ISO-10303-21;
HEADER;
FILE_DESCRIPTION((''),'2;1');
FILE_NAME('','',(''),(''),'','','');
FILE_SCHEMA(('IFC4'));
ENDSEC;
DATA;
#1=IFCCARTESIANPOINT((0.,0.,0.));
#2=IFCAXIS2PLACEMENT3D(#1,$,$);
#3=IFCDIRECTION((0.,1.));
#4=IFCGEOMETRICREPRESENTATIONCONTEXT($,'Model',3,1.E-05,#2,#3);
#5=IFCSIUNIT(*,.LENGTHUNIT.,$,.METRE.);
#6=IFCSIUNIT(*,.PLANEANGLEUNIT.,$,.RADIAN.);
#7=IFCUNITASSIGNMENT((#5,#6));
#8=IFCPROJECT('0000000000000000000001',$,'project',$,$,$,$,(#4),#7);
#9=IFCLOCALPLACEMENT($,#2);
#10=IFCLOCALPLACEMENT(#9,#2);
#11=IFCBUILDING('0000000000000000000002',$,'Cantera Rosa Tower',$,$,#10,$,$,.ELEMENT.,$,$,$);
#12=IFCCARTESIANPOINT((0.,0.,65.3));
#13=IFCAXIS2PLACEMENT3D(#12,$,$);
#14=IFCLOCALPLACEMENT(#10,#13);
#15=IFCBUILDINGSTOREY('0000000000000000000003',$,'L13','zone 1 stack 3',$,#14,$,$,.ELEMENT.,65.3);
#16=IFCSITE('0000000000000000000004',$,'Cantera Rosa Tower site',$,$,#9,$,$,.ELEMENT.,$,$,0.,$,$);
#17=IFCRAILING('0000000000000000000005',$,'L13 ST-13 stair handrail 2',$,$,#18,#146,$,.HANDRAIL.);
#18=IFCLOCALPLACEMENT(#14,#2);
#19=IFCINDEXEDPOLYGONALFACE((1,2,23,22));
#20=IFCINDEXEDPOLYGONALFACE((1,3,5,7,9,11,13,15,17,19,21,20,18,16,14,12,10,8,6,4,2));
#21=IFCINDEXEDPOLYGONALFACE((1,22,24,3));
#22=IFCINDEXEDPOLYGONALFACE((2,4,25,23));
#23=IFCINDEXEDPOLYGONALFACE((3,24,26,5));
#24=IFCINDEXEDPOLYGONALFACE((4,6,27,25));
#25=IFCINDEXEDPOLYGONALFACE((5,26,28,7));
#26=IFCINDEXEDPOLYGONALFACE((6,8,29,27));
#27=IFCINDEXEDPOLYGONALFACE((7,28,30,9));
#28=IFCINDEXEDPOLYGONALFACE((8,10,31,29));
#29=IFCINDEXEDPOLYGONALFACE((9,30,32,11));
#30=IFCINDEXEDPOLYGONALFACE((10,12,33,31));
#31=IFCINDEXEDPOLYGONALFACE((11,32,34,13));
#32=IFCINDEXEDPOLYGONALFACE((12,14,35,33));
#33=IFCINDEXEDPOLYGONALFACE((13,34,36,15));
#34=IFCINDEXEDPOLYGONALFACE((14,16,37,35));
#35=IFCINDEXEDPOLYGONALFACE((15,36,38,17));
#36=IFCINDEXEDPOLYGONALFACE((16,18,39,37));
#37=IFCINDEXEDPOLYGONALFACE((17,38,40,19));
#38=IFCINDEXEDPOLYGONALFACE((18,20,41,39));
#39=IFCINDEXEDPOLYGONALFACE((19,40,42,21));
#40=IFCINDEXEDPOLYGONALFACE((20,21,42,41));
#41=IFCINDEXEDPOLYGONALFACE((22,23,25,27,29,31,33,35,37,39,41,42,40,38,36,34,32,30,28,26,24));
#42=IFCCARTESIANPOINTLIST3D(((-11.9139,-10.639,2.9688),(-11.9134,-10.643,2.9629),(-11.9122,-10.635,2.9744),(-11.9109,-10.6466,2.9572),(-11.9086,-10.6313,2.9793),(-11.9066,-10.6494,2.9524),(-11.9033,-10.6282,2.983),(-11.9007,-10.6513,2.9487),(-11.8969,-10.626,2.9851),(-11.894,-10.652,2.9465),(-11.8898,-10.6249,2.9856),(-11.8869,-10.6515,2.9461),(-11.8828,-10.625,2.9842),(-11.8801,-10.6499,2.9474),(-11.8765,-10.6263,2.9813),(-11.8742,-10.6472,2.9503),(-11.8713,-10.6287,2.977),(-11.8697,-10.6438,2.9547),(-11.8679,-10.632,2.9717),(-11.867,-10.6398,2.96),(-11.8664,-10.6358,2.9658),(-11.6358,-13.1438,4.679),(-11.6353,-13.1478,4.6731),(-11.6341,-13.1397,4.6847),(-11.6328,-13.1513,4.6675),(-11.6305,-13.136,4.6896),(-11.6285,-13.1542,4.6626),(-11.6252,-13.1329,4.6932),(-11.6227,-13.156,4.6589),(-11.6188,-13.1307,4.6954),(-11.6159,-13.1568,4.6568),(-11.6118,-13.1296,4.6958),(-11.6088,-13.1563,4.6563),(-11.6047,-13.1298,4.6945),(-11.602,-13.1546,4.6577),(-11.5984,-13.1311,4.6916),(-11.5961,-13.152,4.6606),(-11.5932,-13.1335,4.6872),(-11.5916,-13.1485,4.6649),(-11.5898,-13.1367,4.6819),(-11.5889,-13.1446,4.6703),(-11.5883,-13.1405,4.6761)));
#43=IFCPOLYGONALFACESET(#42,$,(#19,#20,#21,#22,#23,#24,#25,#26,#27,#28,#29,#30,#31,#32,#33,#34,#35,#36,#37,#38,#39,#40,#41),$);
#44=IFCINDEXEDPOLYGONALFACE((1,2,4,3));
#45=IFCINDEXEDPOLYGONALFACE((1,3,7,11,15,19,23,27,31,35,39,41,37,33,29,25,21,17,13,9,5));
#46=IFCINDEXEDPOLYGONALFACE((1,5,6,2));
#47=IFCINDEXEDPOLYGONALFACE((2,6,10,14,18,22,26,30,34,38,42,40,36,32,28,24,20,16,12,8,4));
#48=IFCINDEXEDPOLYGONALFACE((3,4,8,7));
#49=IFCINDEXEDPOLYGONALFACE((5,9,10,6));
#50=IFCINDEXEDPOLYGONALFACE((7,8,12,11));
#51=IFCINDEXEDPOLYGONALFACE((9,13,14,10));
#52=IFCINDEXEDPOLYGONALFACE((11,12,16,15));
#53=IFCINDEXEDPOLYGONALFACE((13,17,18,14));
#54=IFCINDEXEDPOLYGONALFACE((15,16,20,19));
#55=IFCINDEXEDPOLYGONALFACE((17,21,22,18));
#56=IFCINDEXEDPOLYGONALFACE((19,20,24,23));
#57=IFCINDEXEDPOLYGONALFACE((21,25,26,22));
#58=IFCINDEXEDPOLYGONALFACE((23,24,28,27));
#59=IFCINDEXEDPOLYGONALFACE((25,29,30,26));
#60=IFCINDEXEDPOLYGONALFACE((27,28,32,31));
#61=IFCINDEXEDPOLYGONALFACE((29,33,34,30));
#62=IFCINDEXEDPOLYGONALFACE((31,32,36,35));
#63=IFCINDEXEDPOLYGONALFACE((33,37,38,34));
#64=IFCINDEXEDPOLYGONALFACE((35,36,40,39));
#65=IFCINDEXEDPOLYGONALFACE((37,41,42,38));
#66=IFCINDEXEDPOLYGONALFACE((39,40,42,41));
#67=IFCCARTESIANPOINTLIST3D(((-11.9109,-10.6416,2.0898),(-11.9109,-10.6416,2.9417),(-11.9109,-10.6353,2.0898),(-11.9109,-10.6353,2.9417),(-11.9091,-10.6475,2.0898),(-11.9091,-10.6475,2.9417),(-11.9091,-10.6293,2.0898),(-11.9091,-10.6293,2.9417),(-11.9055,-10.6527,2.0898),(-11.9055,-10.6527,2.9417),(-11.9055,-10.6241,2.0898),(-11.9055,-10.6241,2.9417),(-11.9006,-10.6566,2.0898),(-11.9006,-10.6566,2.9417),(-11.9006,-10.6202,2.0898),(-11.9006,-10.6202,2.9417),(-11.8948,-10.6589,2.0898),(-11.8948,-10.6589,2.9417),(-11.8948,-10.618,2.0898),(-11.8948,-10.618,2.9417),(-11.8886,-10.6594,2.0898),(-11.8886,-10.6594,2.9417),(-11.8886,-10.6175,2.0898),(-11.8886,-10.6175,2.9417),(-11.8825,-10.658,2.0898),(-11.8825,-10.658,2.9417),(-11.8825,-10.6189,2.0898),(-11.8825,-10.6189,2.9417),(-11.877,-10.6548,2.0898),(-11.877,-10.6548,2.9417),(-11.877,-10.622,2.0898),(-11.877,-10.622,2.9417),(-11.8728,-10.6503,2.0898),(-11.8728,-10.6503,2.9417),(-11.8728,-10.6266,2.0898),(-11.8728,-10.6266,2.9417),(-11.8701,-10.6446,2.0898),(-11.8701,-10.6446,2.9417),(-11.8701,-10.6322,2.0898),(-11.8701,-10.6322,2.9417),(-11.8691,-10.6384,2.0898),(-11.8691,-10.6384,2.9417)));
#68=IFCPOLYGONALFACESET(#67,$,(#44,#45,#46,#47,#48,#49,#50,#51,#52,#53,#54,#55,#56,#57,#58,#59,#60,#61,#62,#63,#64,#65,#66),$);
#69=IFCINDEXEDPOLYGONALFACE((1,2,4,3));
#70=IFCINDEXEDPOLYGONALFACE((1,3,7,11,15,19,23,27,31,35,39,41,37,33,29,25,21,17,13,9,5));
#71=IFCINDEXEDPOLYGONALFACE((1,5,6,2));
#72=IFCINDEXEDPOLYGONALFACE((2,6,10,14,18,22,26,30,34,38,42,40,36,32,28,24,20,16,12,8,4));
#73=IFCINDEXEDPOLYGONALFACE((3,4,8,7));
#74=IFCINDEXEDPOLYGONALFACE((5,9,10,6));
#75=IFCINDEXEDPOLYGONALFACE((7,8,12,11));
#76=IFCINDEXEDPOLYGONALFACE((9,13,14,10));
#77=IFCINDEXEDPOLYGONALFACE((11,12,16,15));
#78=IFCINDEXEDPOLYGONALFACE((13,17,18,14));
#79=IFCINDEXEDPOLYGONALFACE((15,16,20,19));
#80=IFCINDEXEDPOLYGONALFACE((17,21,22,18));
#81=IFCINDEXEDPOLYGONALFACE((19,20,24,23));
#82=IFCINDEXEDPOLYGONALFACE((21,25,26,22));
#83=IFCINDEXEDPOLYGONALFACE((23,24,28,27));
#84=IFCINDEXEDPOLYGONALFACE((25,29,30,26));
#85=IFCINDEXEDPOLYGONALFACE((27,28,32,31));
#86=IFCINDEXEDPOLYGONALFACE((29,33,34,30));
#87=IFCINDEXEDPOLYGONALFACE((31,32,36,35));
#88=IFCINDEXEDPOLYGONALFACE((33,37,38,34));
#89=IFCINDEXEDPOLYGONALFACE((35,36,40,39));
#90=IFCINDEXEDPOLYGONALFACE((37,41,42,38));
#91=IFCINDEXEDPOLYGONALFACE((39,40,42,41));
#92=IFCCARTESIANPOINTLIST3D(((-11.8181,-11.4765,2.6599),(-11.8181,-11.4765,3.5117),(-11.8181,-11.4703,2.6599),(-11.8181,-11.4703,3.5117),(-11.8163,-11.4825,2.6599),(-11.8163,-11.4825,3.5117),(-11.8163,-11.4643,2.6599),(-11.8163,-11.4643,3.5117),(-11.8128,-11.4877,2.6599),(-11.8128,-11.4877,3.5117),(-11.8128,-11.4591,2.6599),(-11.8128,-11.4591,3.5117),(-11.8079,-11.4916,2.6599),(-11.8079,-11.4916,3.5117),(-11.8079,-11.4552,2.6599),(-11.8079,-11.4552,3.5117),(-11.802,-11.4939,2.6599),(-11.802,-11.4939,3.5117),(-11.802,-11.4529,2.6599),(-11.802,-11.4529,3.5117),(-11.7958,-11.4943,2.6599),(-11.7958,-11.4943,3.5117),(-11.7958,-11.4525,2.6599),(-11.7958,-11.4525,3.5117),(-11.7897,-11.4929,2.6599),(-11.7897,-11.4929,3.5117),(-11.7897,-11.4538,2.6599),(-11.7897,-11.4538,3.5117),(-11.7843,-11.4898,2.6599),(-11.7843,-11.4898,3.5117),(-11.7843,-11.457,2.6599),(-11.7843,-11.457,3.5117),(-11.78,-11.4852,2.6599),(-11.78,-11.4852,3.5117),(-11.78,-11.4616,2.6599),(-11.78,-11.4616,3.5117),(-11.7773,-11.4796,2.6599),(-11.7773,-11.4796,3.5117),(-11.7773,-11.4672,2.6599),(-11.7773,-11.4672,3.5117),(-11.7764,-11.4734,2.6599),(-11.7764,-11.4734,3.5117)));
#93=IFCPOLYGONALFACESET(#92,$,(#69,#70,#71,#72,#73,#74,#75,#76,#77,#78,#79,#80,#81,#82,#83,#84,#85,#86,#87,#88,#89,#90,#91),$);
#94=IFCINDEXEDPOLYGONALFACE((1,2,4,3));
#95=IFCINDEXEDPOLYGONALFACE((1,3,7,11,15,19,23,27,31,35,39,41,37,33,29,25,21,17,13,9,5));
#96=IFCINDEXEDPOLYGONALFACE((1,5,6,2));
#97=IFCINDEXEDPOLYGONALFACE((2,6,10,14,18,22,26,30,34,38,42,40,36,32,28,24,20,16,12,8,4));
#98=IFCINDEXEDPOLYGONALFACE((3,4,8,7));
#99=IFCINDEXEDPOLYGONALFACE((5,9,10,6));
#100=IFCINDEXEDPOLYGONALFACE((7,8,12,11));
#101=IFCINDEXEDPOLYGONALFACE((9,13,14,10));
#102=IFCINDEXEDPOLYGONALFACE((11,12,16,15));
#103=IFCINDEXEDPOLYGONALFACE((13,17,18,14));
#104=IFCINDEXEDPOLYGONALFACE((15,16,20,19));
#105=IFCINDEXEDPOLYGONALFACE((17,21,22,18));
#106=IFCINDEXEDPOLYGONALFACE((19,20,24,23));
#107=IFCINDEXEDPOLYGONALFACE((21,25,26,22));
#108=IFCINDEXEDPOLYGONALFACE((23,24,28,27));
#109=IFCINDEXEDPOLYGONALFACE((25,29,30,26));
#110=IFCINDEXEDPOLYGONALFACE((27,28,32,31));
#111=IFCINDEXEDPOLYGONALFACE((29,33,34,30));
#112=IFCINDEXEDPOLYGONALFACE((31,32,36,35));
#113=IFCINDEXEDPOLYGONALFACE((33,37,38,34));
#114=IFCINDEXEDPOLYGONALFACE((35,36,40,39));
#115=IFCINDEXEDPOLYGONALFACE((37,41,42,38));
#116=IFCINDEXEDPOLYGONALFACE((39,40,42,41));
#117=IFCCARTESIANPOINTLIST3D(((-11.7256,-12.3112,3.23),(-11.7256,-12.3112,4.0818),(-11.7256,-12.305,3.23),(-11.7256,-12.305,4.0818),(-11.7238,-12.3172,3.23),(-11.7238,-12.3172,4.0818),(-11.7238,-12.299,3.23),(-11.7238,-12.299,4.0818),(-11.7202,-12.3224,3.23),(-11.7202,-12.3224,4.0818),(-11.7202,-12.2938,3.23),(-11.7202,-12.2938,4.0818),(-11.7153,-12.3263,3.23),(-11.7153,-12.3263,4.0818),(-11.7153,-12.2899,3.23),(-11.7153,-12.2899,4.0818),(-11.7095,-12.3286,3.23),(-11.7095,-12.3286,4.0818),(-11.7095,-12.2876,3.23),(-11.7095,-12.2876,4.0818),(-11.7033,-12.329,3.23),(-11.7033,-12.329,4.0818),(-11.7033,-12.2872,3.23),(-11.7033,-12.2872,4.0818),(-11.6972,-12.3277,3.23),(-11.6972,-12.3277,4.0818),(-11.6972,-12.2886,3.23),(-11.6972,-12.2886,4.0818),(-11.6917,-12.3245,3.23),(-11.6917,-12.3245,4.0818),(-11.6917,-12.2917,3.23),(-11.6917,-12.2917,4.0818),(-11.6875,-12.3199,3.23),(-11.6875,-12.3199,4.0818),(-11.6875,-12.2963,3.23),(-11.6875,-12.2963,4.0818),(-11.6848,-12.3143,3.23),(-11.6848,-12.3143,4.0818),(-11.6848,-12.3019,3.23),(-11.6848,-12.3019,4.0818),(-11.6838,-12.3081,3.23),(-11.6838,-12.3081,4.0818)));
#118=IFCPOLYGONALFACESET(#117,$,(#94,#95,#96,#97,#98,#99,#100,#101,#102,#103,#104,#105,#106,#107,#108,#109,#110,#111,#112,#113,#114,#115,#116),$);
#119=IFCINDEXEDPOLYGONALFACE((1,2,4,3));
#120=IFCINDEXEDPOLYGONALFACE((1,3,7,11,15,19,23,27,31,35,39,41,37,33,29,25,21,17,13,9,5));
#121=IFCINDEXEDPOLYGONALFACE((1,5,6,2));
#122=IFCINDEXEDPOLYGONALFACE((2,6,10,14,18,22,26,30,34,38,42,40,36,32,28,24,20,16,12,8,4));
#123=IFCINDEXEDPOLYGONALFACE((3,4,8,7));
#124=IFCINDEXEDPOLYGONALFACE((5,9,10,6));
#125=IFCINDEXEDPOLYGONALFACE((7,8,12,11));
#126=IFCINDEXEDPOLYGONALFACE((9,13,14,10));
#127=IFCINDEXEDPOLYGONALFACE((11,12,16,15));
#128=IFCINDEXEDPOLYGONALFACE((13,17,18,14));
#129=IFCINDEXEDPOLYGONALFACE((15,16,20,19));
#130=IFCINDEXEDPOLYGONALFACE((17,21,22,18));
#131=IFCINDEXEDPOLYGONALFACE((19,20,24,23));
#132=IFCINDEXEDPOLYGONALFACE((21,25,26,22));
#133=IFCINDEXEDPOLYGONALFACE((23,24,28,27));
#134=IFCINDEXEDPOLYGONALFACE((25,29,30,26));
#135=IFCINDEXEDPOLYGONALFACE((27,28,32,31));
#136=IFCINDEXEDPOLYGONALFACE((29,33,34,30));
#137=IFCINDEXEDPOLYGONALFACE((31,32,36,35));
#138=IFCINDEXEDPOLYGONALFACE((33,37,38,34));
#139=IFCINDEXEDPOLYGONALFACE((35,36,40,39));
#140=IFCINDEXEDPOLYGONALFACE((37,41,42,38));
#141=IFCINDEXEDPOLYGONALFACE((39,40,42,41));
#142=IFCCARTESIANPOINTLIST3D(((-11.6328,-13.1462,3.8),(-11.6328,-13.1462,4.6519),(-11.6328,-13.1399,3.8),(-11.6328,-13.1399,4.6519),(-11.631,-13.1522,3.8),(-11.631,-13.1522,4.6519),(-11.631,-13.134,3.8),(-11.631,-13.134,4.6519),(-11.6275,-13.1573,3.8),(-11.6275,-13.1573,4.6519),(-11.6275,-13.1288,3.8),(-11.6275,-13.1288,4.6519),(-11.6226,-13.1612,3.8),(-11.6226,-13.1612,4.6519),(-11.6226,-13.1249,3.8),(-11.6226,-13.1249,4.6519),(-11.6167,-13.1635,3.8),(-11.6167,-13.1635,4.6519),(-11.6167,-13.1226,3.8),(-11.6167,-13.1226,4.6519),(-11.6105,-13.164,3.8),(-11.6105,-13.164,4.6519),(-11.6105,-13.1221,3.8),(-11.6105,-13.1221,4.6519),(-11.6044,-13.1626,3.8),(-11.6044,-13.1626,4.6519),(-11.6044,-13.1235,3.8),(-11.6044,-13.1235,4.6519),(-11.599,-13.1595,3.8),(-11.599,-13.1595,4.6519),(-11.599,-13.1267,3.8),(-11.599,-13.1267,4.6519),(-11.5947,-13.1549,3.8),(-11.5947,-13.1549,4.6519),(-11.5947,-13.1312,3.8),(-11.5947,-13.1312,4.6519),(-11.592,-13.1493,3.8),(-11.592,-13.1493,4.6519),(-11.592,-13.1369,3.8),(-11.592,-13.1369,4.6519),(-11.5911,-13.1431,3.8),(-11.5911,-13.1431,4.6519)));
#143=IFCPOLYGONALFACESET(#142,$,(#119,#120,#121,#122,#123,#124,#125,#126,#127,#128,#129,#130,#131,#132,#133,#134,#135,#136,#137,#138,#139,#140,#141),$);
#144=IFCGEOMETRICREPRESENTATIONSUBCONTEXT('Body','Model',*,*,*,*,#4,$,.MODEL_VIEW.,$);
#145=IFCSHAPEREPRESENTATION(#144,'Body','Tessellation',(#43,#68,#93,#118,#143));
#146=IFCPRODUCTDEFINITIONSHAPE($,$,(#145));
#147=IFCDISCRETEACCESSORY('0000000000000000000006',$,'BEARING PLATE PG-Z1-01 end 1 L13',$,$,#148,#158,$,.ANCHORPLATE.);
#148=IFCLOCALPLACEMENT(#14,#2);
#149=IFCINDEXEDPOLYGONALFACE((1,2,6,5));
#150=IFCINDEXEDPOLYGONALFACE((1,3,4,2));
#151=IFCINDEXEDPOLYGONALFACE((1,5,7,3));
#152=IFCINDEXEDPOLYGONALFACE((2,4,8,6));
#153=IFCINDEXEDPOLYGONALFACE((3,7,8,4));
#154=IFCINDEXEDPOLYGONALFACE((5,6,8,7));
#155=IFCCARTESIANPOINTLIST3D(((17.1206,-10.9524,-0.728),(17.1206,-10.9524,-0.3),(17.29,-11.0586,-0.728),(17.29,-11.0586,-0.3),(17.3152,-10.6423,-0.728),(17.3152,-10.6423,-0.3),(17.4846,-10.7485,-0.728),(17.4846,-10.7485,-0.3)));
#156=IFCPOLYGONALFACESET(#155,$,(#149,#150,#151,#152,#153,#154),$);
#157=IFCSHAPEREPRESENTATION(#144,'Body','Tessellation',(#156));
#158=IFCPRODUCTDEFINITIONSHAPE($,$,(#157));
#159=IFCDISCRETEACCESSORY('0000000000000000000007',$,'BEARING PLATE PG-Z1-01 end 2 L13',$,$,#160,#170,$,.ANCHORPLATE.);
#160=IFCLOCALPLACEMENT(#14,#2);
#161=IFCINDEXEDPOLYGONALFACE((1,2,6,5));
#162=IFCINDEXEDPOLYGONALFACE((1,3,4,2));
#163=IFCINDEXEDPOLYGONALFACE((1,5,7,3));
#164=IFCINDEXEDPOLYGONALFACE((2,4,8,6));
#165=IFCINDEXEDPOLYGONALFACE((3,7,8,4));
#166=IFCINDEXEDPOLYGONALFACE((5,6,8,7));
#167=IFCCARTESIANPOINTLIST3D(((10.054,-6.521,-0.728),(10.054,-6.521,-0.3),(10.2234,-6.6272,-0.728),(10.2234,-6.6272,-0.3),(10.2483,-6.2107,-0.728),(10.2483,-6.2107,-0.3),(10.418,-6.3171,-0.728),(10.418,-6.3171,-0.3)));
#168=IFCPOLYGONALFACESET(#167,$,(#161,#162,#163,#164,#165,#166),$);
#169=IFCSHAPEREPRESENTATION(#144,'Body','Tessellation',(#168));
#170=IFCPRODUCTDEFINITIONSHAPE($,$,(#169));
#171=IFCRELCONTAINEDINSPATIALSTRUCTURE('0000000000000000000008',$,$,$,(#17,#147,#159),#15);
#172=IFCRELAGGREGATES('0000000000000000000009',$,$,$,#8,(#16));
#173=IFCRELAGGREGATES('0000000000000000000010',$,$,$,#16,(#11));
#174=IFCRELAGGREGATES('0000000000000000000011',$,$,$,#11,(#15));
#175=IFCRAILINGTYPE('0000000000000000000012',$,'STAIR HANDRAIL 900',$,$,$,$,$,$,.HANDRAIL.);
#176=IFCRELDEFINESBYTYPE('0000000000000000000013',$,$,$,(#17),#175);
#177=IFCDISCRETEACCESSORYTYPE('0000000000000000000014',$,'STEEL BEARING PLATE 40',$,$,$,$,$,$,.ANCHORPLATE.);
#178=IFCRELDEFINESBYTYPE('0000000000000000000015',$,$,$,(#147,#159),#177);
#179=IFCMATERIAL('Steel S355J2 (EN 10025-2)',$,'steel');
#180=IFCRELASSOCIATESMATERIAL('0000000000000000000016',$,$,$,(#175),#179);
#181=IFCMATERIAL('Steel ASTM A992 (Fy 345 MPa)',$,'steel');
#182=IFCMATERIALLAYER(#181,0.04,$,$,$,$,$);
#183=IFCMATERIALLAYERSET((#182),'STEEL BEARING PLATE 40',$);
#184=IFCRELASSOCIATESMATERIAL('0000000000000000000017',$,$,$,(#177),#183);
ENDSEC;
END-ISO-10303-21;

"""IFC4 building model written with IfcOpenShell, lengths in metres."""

from ifc_helpers import new_model, si_unit, direction, frame, origin, origin_2d, place, context, subcontext, project, spatial, polyline, circle, outline, extrude, material, layer, layer_set, type_object, element, save


model = new_model("IFC4")

# Units and contexts
model_context = context("Model", 3, precision=1e-05, world=origin(), true_north=direction((0.0, 1.0)))
body_context = subcontext(model_context, "Body", "Model", "MODEL_VIEW")
ifc_project = project(units=[si_unit("LENGTHUNIT", "METRE"), si_unit("PLANEANGLEUNIT", "RADIAN")], contexts=[model_context])

# Site, building, storey
site_placement = place(None, origin())
site = spatial("IfcSite", under=ifc_project, at=site_placement, Name="Cantera Rosa Tower site", CompositionType="ELEMENT", RefElevation=0.0)
building_placement = place(site_placement, origin())
building = spatial("IfcBuilding", under=site, at=building_placement, Name="Cantera Rosa Tower", CompositionType="ELEMENT")
storey_placement = place(building_placement, frame((0.0, 0.0, 65.3)))
storey = spatial("IfcBuildingStorey", under=building, at=storey_placement, Name="L13", Description="zone 1 stack 3", CompositionType="ELEMENT", Elevation=65.3)

# Railing
ifc_material_1 = material(Name="Steel S355J2 (EN 10025-2)", Category="steel")
railing_type_1 = type_object("IfcRailingType", Name="STAIR HANDRAIL 900", PredefinedType="HANDRAIL", material=ifc_material_1)
railing_1_placement = place(storey_placement, frame((-11.8901, -10.6384, 2.0898)))
element("IfcRailing", 1, at=railing_1_placement, inside=storey, type_object=railing_type_1, Name="L13 ST-13 stair handrail 2", PredefinedType="HANDRAIL", context=body_context, shape_type="SweptSolid", body=[
    extrude(circle(Radius=0.0239, at=origin_2d()), frame((0.0, 0.0, 0.876), z_axis=(0.091306, -0.822394, 0.561543), x_axis=(0.993893, 0.110346, 0.0)), (0.0, 0.0, 1.0), 3.0457),
    extrude(circle(Radius=0.021, at=origin_2d()), origin(), (0.0, 0.0, 1.0), 0.8518),
    extrude(circle(Radius=0.021, at=origin_2d()), frame((0.0928, -0.835, 0.5701)), (0.0, 0.0, 1.0), 0.8518),
    extrude(circle(Radius=0.021, at=origin_2d()), frame((0.1853, -1.6697, 1.1401)), (0.0, 0.0, 1.0), 0.8518),
    extrude(circle(Radius=0.021, at=origin_2d()), frame((0.2781, -2.5046, 1.7102)), (0.0, 0.0, 1.0), 0.8518),
])

# Discrete accessories
ifc_material_2 = material(Name="Steel ASTM A992 (Fy 345 MPa)", Category="steel")
ifc_layer_1 = layer(ifc_material_2, 0.04)
ifc_layer_set_1 = layer_set([ifc_layer_1], Name="STEEL BEARING PLATE 40")
discrete_accessory_type = type_object("IfcDiscreteAccessoryType", Name="STEEL BEARING PLATE 40", PredefinedType="ANCHORPLATE", material=ifc_layer_set_1)
discrete_accessory_1_placement = place(storey_placement, frame((0.0, 0.0, -0.728)))
element("IfcDiscreteAccessory", 2, at=discrete_accessory_1_placement, inside=storey, type_object=discrete_accessory_type, Name="BEARING PLATE PG-Z1-01 end 1 L13", PredefinedType="ANCHORPLATE", context=body_context, shape_type="SweptSolid", body=[
    extrude(outline(polyline([(17.1206, -10.9524), (17.29, -11.0586), (17.4846, -10.7485), (17.3152, -10.6423), (17.1206, -10.9524)])), origin(), (0.0, 0.0, 1.0), 0.428),
])
discrete_accessory_2_placement = place(storey_placement, frame((0.0, 0.0, -0.728)))
element("IfcDiscreteAccessory", 3, at=discrete_accessory_2_placement, inside=storey, type_object=discrete_accessory_type, Name="BEARING PLATE PG-Z1-01 end 2 L13", PredefinedType="ANCHORPLATE", context=body_context, shape_type="SweptSolid", body=[
    extrude(outline(polyline([(10.418, -6.3171), (10.2483, -6.2107), (10.054, -6.521), (10.2234, -6.6272), (10.418, -6.3171)])), origin(), (0.0, 0.0, 1.0), 0.428),
])

save(model, "model.ifc")
